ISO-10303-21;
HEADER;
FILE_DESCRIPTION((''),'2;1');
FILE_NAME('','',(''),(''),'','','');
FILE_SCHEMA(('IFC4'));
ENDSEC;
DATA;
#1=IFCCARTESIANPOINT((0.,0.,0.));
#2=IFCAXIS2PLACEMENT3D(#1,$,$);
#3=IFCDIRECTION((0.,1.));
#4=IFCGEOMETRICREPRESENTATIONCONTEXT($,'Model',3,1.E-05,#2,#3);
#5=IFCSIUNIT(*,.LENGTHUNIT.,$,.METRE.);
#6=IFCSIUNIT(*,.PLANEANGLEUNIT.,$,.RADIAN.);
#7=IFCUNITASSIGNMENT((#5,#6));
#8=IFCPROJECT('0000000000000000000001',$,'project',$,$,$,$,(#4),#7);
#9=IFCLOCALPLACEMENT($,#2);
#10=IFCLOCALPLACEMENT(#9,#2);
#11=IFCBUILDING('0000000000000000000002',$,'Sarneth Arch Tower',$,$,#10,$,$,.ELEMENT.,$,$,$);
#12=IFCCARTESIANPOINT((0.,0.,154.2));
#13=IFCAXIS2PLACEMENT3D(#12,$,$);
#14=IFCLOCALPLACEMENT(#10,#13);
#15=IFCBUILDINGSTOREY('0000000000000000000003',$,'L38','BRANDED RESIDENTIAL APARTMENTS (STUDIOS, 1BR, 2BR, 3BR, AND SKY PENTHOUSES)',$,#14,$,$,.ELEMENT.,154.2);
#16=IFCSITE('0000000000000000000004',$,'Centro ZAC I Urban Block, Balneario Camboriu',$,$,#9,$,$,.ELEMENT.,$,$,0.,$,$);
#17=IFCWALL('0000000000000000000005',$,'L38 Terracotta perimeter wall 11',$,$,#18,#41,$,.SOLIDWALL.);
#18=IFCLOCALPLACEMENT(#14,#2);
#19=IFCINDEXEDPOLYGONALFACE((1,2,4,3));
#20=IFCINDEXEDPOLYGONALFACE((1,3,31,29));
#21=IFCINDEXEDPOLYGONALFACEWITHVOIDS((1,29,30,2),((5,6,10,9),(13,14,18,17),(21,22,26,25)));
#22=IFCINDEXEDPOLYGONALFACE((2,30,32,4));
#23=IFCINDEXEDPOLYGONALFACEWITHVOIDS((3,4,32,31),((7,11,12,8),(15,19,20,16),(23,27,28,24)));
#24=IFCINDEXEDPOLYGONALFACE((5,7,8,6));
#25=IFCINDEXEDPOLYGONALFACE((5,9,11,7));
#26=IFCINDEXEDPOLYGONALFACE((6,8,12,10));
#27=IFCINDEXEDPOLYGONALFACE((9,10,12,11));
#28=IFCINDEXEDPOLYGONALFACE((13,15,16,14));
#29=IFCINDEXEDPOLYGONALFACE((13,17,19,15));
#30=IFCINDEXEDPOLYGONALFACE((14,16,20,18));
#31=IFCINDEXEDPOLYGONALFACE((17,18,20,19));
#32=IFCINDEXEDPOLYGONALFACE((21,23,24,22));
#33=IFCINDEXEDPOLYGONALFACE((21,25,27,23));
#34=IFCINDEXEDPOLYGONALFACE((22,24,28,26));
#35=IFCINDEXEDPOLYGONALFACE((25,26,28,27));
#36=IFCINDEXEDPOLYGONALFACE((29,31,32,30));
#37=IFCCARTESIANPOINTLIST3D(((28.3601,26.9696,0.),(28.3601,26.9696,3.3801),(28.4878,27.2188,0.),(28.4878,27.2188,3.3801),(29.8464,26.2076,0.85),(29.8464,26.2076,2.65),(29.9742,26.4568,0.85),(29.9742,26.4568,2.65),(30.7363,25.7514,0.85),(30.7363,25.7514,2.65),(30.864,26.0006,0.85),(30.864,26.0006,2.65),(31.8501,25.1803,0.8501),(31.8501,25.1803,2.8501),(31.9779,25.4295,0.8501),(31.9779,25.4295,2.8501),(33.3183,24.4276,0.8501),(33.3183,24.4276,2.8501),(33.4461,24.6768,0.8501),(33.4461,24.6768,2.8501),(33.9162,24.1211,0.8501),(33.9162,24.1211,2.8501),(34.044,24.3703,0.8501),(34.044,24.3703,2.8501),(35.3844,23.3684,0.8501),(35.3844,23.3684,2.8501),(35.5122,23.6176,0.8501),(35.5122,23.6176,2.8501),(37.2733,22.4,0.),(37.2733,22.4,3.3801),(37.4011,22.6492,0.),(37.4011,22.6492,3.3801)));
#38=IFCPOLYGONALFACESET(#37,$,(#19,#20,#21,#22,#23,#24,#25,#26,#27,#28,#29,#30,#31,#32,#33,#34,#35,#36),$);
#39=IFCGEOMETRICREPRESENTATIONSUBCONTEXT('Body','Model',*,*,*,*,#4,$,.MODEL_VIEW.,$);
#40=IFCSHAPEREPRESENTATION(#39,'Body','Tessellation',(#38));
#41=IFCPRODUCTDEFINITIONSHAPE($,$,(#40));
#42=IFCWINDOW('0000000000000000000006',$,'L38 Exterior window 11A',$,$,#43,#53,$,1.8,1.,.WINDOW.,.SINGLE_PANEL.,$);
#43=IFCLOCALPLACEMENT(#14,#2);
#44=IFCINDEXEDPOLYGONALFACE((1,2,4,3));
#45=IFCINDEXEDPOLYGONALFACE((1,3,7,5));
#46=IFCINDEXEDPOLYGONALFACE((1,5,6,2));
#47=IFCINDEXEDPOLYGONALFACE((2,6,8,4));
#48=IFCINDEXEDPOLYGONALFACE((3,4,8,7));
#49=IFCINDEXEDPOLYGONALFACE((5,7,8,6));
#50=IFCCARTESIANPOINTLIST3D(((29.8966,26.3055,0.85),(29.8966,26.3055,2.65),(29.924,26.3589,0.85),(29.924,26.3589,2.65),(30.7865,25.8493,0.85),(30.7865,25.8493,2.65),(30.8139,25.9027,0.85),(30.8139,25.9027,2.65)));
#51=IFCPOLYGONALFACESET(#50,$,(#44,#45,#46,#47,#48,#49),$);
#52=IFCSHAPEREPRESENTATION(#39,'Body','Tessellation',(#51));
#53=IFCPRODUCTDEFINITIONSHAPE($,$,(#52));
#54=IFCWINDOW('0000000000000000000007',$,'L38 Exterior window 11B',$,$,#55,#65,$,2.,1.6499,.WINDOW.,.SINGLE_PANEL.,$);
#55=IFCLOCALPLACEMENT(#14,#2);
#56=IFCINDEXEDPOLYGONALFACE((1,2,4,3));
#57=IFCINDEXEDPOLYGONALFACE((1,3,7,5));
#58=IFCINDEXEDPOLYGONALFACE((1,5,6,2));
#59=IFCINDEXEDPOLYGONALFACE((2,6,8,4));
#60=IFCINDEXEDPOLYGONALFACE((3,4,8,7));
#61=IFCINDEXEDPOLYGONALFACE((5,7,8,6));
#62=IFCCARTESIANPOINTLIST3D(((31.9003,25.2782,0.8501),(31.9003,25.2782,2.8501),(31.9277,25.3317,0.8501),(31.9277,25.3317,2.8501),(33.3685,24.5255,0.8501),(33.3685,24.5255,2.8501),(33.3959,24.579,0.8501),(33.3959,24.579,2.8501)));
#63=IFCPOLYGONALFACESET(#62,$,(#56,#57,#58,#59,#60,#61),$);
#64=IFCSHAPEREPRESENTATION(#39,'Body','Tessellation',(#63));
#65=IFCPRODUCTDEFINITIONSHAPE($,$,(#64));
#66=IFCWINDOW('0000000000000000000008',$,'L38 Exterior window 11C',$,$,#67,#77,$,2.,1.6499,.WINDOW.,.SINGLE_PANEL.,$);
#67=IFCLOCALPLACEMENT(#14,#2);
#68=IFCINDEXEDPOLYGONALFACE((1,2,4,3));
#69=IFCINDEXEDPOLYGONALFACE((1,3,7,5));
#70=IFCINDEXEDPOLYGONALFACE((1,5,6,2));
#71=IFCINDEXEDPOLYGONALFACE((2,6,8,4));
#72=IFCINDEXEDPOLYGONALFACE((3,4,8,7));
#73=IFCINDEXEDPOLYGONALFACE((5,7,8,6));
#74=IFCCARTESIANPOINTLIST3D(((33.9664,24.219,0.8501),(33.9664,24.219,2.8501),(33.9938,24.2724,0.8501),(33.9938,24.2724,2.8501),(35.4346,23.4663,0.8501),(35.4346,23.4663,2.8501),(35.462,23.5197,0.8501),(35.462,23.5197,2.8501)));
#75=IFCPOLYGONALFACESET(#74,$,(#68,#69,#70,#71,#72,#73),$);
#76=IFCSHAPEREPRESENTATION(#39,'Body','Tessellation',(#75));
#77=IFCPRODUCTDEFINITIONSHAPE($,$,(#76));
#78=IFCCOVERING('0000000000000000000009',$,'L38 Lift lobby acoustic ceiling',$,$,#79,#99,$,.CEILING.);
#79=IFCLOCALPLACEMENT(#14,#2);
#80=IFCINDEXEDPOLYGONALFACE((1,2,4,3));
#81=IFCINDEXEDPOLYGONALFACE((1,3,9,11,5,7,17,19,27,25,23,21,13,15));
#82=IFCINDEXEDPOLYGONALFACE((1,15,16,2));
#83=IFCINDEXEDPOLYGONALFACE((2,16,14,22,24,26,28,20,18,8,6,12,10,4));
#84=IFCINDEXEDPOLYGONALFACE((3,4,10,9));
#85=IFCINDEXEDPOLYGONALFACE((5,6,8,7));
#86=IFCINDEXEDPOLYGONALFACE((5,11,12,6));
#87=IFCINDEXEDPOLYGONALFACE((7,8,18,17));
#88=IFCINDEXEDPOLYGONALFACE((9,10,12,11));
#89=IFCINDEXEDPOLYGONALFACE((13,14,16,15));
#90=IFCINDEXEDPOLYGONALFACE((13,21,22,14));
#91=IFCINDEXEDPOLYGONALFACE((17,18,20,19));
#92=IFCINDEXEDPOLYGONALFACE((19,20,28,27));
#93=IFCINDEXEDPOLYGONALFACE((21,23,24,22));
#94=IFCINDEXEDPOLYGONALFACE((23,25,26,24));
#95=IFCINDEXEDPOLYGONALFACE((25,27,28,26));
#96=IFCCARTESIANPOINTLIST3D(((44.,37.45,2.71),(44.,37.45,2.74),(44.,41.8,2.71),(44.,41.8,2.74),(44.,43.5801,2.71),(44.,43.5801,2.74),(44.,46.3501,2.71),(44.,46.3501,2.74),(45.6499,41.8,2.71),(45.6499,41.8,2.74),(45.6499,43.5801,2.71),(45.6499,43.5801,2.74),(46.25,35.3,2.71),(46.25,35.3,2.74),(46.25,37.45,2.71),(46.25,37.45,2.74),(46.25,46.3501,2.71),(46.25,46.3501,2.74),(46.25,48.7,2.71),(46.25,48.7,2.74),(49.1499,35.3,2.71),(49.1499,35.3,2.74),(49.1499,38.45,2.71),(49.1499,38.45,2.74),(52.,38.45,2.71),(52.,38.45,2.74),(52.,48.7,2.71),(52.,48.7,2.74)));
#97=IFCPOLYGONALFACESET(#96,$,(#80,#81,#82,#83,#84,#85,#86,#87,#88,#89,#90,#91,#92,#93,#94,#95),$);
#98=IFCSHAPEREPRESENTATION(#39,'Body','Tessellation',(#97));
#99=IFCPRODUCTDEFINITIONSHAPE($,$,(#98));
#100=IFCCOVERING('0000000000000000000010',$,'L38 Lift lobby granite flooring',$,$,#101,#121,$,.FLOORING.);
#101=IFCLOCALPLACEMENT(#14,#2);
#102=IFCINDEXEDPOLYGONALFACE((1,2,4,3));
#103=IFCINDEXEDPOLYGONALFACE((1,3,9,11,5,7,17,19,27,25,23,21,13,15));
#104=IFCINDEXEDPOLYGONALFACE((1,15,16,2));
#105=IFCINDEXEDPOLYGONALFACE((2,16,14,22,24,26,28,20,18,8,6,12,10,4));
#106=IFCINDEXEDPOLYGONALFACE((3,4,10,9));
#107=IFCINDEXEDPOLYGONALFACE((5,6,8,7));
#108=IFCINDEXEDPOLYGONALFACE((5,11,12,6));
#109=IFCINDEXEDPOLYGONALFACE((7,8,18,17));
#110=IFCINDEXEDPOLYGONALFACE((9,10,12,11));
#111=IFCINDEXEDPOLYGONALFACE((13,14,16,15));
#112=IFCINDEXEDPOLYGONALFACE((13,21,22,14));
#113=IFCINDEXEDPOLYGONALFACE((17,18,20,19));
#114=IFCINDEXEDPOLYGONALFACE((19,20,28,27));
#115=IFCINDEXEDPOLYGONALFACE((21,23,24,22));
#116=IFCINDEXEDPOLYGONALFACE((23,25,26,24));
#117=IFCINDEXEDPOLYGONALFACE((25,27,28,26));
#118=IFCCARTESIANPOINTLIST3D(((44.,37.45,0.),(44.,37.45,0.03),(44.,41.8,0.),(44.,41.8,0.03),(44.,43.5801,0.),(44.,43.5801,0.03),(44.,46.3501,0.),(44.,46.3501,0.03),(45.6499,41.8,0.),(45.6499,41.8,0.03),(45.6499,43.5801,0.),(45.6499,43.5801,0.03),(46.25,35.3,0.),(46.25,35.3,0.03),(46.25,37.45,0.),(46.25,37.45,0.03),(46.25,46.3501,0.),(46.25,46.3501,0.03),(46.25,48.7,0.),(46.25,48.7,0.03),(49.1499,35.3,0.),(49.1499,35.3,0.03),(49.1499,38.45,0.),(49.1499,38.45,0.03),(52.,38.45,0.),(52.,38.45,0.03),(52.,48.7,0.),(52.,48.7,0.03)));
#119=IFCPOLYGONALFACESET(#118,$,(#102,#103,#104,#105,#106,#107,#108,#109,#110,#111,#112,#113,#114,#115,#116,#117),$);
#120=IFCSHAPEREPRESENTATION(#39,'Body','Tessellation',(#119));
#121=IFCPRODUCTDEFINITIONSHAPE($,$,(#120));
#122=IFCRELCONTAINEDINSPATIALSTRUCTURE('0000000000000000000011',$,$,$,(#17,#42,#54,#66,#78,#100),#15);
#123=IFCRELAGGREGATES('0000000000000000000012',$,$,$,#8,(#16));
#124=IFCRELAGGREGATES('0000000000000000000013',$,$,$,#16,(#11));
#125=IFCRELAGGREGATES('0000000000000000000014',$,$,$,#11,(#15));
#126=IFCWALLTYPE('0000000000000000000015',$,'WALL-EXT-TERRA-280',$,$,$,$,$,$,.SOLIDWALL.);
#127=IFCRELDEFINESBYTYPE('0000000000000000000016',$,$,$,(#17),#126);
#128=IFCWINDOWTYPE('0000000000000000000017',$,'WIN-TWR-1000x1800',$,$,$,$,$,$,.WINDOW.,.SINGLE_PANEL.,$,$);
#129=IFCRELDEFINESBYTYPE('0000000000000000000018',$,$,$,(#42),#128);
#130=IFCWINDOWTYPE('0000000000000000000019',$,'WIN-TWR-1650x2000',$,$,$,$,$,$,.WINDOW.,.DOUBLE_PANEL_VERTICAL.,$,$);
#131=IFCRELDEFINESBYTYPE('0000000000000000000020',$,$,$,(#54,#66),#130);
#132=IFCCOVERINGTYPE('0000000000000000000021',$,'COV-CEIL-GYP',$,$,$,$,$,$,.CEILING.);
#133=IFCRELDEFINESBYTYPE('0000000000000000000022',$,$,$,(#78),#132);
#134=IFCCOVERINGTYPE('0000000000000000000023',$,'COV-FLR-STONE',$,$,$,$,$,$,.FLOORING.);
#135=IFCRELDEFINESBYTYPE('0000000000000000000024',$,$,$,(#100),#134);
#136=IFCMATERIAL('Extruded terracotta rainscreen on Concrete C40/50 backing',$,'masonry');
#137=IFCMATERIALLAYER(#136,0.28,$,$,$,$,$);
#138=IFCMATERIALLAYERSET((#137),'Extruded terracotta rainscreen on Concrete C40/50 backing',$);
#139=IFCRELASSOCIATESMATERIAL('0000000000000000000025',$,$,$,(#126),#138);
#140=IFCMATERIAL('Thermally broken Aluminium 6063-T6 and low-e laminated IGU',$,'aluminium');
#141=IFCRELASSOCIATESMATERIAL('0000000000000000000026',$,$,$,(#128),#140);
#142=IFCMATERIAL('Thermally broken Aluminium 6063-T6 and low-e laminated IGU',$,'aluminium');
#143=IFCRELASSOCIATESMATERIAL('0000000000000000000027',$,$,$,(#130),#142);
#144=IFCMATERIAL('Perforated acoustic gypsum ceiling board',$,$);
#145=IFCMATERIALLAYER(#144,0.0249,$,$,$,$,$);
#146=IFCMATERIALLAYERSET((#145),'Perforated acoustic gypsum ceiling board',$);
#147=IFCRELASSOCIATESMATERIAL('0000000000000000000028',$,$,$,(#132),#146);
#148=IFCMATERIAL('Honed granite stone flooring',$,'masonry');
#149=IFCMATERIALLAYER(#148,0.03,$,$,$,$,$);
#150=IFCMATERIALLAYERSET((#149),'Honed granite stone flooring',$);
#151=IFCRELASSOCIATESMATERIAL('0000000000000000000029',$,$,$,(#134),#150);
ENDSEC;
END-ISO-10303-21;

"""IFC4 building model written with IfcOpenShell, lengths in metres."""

from ifc_helpers import new_model, si_unit, direction, frame, frame_2d, origin, place, context, subcontext, project, spatial, polyline, rectangle, outline, extrude, material, layer, layer_set, type_object, element, fill, save


model = new_model("IFC4")

# Units and contexts
model_context = context("Model", 3, precision=1e-05, world=origin(), true_north=direction((0.0, 1.0)))
body_context = subcontext(model_context, "Body", "Model", "MODEL_VIEW")
ifc_project = project(units=[si_unit("LENGTHUNIT", "METRE"), si_unit("PLANEANGLEUNIT", "RADIAN")], contexts=[model_context])

# Site, building, storey
site_placement = place(None, origin())
site = spatial("IfcSite", under=ifc_project, at=site_placement, Name="Centro ZAC I Urban Block, Balneario Camboriu", CompositionType="ELEMENT", RefElevation=0.0)
building_placement = place(site_placement, origin())
building = spatial("IfcBuilding", under=site, at=building_placement, Name="Sarneth Arch Tower", CompositionType="ELEMENT")
storey_placement = place(building_placement, frame((0.0, 0.0, 154.2)))
storey = spatial("IfcBuildingStorey", under=building, at=storey_placement, Name="L38", Description="BRANDED RESIDENTIAL APARTMENTS (STUDIOS, 1BR, 2BR, 3BR, AND SKY PENTHOUSES)", CompositionType="ELEMENT", Elevation=154.2)

# Wall, openings, windows
ifc_material_1 = material(Name="Extruded terracotta rainscreen on Concrete C40/50 backing", Category="masonry")
ifc_layer_1 = layer(ifc_material_1, 0.28)
ifc_layer_set_1 = layer_set([ifc_layer_1], Name="Extruded terracotta rainscreen on Concrete C40/50 backing")
wall_type = type_object("IfcWallType", Name="WALL-EXT-TERRA-280", PredefinedType="SOLIDWALL", material=ifc_layer_set_1)
wall_placement = place(storey_placement, frame((28.4238, 27.0942, 0.0), z_axis=(0.0, 0.0, 1.0), x_axis=(0.889873, -0.456209, 0.0)))
wall = element("IfcWall", 1, at=wall_placement, inside=storey, type_object=wall_type, Name="L38 Terracotta perimeter wall 11", PredefinedType="SOLIDWALL", context=body_context, shape_type="SweptSolid", body=[
    extrude(rectangle(XDim=10.0164, YDim=0.28, at=frame_2d((5.0083, 0.0))), origin(), (0.0, 0.0, 1.0), 3.3801),
])
opening_1_placement = place(wall_placement, frame((1.6704, 0.0, 0.8501)))
opening_1 = element("IfcOpeningElement", 2, at=opening_1_placement, cuts=wall, PredefinedType="OPENING", context=body_context, shape_type="SweptSolid", body=[
    extrude(rectangle(XDim=1.0, YDim=1.8, at=frame_2d((0.5, 0.8999))), frame((0.0, 0.1499, 0.0), z_axis=(0.0, -1.0, 0.0), x_axis=(1.0, 0.0, 0.0)), (0.0, 0.0, 1.0), 0.3),
])
opening_2_placement = place(wall_placement, frame((3.9221, 0.0, 0.8501)))
opening_2 = element("IfcOpeningElement", 3, at=opening_2_placement, cuts=wall, PredefinedType="OPENING", context=body_context, shape_type="SweptSolid", body=[
    extrude(rectangle(XDim=1.6499, YDim=2.0, at=frame_2d((0.825, 1.0))), frame((0.0, 0.1499, 0.0), z_axis=(0.0, -1.0, 0.0), x_axis=(1.0, 0.0, 0.0)), (0.0, 0.0, 1.0), 0.3),
])
opening_3_placement = place(wall_placement, frame((6.2439, 0.0, 0.8501)))
opening_3 = element("IfcOpeningElement", 4, at=opening_3_placement, cuts=wall, PredefinedType="OPENING", context=body_context, shape_type="SweptSolid", body=[
    extrude(rectangle(XDim=1.6499, YDim=2.0, at=frame_2d((0.825, 1.0))), frame((0.0, 0.1499, 0.0), z_axis=(0.0, -1.0, 0.0), x_axis=(1.0, 0.0, 0.0)), (0.0, 0.0, 1.0), 0.3),
])
ifc_material_2 = material(Name="Thermally broken Aluminium 6063-T6 and low-e laminated IGU", Category="aluminium")
window_type_1 = type_object("IfcWindowType", Name="WIN-TWR-1000x1800", PartitioningType="SINGLE_PANEL", PredefinedType="WINDOW", material=ifc_material_2)
window_1_placement = place(opening_1_placement, origin())
window_1 = element("IfcWindow", 5, at=window_1_placement, inside=storey, type_object=window_type_1, Name="L38 Exterior window 11A", OverallHeight=1.8, OverallWidth=1.0, PartitioningType="SINGLE_PANEL", PredefinedType="WINDOW", context=body_context, shape_type="SweptSolid", body=[
    extrude(rectangle(XDim=1.0, YDim=1.8, at=frame_2d((0.5, 0.8999))), frame((0.0, 0.03, 0.0), z_axis=(0.0, -1.0, 0.0), x_axis=(1.0, 0.0, 0.0)), (0.0, 0.0, 1.0), 0.0601),
])
fill(opening_1, window_1)
ifc_material_3 = material(Name="Thermally broken Aluminium 6063-T6 and low-e laminated IGU", Category="aluminium")
window_type_2 = type_object("IfcWindowType", Name="WIN-TWR-1650x2000", PartitioningType="DOUBLE_PANEL_VERTICAL", PredefinedType="WINDOW", material=ifc_material_3)
window_2_placement = place(opening_2_placement, origin())
window_2 = element("IfcWindow", 6, at=window_2_placement, inside=storey, type_object=window_type_2, Name="L38 Exterior window 11B", OverallHeight=2.0, OverallWidth=1.6499, PartitioningType="SINGLE_PANEL", PredefinedType="WINDOW", context=body_context, shape_type="SweptSolid", body=[
    extrude(rectangle(XDim=1.6499, YDim=2.0, at=frame_2d((0.825, 1.0))), frame((0.0, 0.03, 0.0), z_axis=(0.0, -1.0, 0.0), x_axis=(1.0, 0.0, 0.0)), (0.0, 0.0, 1.0), 0.0601),
])
fill(opening_2, window_2)
window_3_placement = place(opening_3_placement, origin())
window_3 = element("IfcWindow", 7, at=window_3_placement, inside=storey, type_object=window_type_2, Name="L38 Exterior window 11C", OverallHeight=2.0, OverallWidth=1.6499, PartitioningType="SINGLE_PANEL", PredefinedType="WINDOW", context=body_context, shape_type="SweptSolid", body=[
    extrude(rectangle(XDim=1.6499, YDim=2.0, at=frame_2d((0.825, 1.0))), frame((0.0, 0.03, 0.0), z_axis=(0.0, -1.0, 0.0), x_axis=(1.0, 0.0, 0.0)), (0.0, 0.0, 1.0), 0.0601),
])
fill(opening_3, window_3)

# Coverings
ifc_material_4 = material(Name="Perforated acoustic gypsum ceiling board")
ifc_layer_2 = layer(ifc_material_4, 0.0249)
ifc_layer_set_2 = layer_set([ifc_layer_2], Name="Perforated acoustic gypsum ceiling board")
covering_type_1 = type_object("IfcCoveringType", Name="COV-CEIL-GYP", PredefinedType="CEILING", material=ifc_layer_set_2)
covering_1_placement = place(storey_placement, frame((0.0, 0.0, 2.71)))
element("IfcCovering", 8, at=covering_1_placement, inside=storey, type_object=covering_type_1, Name="L38 Lift lobby acoustic ceiling", PredefinedType="CEILING", context=body_context, shape_type="SweptSolid", body=[
    extrude(outline(polyline([(49.1499, 38.45), (49.1499, 35.3), (46.25, 35.3), (46.25, 37.45), (44.0, 37.45), (44.0, 41.8), (45.6499, 41.8), (45.6499, 43.5801), (44.0, 43.5801), (44.0, 46.3501), (46.25, 46.3501), (46.25, 48.7), (52.0, 48.7), (52.0, 38.45), (49.1499, 38.45)])), origin(), (0.0, 0.0, 1.0), 0.03),
])
ifc_material_5 = material(Name="Honed granite stone flooring", Category="masonry")
ifc_layer_3 = layer(ifc_material_5, 0.03)
ifc_layer_set_3 = layer_set([ifc_layer_3], Name="Honed granite stone flooring")
covering_type_2 = type_object("IfcCoveringType", Name="COV-FLR-STONE", PredefinedType="FLOORING", material=ifc_layer_set_3)
covering_2_placement = place(storey_placement, origin())
element("IfcCovering", 9, at=covering_2_placement, inside=storey, type_object=covering_type_2, Name="L38 Lift lobby granite flooring", PredefinedType="FLOORING", context=body_context, shape_type="SweptSolid", body=[
    extrude(outline(polyline([(49.1499, 38.45), (49.1499, 35.3), (46.25, 35.3), (46.25, 37.45), (44.0, 37.45), (44.0, 41.8), (45.6499, 41.8), (45.6499, 43.5801), (44.0, 43.5801), (44.0, 46.3501), (46.25, 46.3501), (46.25, 48.7), (52.0, 48.7), (52.0, 38.45), (49.1499, 38.45)])), origin(), (0.0, 0.0, 1.0), 0.03),
])

save(model, "model.ifc")
